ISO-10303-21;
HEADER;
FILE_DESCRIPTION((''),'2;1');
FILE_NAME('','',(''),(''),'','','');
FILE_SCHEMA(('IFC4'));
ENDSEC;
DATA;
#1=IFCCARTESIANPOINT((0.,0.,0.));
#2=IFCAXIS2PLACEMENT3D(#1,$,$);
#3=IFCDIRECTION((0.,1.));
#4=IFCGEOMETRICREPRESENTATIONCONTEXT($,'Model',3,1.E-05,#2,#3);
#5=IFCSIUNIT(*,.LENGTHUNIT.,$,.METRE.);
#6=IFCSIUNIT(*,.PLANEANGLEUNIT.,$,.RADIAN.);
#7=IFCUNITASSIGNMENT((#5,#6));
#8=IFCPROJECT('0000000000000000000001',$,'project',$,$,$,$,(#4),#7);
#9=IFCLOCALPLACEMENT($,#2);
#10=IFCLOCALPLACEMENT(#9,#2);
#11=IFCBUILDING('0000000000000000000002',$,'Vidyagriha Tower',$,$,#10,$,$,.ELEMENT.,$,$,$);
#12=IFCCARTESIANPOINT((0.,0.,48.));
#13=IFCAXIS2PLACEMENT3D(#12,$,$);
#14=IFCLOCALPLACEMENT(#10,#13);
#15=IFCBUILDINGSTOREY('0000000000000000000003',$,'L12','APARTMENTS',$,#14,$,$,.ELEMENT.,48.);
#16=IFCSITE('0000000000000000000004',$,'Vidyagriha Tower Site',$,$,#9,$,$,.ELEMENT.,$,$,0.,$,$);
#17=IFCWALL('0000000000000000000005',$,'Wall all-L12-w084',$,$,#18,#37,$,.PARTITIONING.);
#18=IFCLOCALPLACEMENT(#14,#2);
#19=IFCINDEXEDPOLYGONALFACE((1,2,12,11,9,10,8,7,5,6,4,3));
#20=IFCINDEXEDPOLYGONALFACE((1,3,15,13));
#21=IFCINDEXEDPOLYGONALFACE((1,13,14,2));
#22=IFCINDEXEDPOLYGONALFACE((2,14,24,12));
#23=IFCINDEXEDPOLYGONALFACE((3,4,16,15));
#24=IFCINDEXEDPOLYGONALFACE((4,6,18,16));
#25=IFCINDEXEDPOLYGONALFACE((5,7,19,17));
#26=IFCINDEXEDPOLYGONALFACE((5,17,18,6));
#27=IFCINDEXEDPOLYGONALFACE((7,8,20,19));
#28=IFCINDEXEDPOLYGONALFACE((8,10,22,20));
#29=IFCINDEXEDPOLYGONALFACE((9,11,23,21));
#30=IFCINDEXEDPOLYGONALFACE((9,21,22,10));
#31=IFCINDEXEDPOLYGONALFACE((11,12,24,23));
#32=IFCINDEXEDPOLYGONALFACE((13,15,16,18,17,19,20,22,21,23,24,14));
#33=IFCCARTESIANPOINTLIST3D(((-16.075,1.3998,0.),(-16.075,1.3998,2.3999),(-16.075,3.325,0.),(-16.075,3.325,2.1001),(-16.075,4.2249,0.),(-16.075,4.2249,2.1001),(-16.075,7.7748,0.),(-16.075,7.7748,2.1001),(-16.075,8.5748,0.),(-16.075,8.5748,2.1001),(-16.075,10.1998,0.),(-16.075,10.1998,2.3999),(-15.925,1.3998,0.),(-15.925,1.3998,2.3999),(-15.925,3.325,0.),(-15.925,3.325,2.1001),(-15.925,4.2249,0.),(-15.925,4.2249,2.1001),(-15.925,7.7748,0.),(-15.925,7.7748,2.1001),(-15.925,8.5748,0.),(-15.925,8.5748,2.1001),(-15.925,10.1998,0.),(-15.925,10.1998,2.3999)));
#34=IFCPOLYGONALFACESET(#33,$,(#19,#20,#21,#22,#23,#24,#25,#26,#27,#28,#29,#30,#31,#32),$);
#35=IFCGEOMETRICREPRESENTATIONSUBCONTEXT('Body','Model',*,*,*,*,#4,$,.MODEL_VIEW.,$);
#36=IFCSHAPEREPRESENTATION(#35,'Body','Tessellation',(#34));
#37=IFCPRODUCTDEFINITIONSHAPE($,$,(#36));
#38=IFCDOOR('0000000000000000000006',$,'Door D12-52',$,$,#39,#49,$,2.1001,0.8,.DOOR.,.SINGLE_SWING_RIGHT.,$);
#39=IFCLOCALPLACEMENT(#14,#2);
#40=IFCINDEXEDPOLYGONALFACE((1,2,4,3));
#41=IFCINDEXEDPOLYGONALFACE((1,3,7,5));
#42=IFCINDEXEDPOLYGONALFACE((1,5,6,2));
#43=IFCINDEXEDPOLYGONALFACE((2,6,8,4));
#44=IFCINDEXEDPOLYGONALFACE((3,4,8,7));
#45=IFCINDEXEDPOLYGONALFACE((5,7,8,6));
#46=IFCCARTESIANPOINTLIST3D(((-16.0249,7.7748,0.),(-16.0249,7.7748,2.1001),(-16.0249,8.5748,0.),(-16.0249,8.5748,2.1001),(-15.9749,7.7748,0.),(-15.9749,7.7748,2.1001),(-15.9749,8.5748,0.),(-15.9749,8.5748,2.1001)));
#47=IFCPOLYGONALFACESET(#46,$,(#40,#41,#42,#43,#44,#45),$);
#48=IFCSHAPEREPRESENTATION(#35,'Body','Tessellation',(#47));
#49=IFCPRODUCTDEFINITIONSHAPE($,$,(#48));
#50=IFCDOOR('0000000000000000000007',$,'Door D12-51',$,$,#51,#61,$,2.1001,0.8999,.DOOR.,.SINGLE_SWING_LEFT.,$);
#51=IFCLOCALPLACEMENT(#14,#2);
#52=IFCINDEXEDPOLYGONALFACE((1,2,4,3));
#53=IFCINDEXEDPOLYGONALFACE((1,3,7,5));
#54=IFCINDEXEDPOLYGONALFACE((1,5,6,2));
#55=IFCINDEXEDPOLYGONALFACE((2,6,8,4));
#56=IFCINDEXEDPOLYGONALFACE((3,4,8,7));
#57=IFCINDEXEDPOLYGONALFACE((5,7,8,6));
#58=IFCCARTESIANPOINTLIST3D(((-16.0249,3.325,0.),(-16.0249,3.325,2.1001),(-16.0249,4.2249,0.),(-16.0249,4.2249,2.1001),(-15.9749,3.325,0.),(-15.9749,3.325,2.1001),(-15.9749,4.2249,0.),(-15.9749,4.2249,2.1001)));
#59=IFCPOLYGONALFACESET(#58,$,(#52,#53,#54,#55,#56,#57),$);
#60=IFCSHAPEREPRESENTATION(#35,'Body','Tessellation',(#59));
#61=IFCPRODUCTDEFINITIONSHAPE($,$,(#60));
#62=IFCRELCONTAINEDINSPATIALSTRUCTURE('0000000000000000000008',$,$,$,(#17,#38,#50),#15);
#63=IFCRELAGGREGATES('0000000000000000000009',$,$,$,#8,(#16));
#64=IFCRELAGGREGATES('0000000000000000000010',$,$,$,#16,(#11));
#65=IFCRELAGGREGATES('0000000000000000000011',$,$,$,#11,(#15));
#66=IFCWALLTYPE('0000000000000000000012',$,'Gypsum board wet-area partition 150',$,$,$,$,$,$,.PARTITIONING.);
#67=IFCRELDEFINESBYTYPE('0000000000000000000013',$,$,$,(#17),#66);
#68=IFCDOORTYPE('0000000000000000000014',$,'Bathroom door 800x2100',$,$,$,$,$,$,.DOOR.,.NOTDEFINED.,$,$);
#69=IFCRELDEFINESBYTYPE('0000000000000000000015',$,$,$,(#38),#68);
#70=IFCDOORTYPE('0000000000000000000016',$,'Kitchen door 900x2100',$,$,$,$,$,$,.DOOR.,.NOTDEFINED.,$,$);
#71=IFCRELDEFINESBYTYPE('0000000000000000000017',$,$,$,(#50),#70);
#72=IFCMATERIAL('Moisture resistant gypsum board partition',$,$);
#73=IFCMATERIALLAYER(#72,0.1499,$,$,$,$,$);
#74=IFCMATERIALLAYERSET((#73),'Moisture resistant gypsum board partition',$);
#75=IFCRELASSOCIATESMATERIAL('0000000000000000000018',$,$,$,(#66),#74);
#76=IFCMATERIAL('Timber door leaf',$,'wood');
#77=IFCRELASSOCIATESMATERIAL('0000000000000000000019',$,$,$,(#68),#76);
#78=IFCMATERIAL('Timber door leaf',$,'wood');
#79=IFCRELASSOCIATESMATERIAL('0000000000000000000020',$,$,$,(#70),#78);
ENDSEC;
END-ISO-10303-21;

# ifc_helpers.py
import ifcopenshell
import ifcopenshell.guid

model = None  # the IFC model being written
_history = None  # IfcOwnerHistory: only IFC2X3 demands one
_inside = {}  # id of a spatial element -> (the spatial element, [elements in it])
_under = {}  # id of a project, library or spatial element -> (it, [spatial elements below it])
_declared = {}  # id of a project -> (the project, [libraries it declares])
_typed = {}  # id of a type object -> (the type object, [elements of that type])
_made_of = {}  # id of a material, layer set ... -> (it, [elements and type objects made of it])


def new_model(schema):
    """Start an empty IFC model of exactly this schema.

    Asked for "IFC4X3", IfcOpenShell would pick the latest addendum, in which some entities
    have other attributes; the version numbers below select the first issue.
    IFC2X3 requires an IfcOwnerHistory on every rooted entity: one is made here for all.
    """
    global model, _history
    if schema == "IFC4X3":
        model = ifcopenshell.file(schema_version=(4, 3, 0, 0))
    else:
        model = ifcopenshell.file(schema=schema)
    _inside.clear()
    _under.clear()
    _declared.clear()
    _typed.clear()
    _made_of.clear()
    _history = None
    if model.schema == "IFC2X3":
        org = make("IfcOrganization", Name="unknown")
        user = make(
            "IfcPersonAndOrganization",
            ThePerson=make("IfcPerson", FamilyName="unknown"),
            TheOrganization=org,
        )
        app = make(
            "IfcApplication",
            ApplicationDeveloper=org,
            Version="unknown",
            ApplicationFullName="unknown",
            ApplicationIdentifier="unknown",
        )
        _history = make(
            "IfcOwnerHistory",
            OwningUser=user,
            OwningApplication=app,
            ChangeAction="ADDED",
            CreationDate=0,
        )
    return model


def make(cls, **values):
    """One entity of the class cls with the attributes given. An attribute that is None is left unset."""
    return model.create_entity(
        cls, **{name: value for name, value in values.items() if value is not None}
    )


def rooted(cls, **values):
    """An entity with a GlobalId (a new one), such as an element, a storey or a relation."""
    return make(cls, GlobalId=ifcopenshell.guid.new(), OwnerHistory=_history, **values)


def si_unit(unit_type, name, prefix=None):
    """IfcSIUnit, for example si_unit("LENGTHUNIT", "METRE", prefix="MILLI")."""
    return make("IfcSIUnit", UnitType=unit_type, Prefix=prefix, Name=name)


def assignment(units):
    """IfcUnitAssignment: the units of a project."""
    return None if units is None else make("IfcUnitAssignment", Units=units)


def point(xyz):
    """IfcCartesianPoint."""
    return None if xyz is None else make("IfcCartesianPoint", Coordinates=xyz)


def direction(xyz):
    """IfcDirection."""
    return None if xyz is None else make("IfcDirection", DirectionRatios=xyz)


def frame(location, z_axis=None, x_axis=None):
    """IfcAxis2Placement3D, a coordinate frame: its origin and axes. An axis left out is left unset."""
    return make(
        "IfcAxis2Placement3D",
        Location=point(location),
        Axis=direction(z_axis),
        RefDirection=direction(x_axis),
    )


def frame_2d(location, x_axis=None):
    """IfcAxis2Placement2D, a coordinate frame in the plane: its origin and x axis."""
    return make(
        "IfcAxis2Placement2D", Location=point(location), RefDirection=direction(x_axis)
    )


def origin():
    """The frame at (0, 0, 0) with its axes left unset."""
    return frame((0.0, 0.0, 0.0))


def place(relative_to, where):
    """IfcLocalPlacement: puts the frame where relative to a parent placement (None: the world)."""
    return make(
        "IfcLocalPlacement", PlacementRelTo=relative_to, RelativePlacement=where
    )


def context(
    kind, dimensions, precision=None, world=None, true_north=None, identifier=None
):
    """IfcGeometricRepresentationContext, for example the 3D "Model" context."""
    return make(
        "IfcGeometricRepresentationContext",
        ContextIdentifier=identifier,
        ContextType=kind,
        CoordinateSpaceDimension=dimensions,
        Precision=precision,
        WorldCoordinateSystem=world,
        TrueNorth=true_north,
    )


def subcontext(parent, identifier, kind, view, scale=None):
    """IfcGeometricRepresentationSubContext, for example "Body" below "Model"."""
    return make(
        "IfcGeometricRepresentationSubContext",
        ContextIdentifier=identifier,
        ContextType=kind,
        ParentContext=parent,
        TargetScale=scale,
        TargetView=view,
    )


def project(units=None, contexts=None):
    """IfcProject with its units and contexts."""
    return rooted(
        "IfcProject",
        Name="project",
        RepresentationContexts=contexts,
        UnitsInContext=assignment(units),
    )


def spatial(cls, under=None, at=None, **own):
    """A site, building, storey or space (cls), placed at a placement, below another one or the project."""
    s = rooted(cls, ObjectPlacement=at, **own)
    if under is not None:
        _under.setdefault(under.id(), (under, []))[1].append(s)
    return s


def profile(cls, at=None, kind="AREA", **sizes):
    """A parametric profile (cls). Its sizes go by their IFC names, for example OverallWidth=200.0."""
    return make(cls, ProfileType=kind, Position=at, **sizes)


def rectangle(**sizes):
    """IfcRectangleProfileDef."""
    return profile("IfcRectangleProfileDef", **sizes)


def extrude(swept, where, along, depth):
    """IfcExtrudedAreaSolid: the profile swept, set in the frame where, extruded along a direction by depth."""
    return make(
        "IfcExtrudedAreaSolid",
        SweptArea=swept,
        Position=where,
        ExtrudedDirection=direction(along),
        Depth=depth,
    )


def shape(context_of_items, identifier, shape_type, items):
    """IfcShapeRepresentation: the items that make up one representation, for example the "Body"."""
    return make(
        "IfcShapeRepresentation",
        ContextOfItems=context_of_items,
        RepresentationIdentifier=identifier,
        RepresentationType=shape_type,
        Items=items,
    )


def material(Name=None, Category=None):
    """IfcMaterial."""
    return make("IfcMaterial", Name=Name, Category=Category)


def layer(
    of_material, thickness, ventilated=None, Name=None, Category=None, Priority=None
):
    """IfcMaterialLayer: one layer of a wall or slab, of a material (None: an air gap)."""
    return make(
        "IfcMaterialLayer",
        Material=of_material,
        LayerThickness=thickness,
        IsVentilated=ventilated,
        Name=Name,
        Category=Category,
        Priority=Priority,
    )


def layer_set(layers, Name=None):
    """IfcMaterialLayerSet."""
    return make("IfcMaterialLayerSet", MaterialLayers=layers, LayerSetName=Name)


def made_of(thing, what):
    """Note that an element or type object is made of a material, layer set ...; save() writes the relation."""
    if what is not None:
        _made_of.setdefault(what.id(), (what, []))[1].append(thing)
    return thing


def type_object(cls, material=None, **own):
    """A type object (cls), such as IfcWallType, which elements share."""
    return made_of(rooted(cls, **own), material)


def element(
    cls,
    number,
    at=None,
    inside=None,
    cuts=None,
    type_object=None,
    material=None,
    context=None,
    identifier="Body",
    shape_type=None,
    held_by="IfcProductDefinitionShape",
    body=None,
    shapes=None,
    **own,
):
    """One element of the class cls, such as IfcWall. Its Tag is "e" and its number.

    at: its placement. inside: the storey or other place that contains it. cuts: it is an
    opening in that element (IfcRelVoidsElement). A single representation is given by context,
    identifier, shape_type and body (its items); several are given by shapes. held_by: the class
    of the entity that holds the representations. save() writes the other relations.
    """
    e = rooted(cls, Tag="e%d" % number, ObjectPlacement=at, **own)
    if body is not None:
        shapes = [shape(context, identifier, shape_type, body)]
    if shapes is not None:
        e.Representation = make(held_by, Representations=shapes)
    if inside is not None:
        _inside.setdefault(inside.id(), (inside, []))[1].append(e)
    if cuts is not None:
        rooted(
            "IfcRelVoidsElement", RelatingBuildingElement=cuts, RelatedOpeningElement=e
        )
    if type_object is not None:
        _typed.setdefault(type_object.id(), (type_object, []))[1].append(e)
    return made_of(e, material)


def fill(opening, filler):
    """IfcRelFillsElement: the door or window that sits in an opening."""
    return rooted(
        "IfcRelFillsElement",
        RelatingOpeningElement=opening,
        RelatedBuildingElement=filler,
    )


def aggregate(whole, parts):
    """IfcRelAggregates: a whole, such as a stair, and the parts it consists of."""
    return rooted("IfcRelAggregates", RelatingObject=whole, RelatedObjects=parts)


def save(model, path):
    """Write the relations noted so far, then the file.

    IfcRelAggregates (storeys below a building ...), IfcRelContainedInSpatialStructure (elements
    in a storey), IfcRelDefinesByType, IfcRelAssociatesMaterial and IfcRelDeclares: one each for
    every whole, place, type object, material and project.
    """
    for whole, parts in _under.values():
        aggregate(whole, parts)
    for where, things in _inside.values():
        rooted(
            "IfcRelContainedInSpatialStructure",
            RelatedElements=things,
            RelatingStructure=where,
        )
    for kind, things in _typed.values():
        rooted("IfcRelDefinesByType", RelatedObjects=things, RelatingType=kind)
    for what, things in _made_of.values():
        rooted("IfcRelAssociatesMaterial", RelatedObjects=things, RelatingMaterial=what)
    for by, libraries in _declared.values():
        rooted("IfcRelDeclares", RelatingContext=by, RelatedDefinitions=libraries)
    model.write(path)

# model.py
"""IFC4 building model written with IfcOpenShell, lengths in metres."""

from ifc_helpers import new_model, si_unit, direction, frame, frame_2d, origin, place, context, subcontext, project, spatial, rectangle, extrude, material, layer, layer_set, type_object, element, fill, save


model = new_model("IFC4")

# Units and contexts
model_context = context("Model", 3, precision=1e-05, world=origin(), true_north=direction((0.0, 1.0)))
body_context = subcontext(model_context, "Body", "Model", "MODEL_VIEW")
ifc_project = project(units=[si_unit("LENGTHUNIT", "METRE"), si_unit("PLANEANGLEUNIT", "RADIAN")], contexts=[model_context])

# Site, building, storey
site_placement = place(None, origin())
site = spatial("IfcSite", under=ifc_project, at=site_placement, Name="Vidyagriha Tower Site", CompositionType="ELEMENT", RefElevation=0.0)
building_placement = place(site_placement, origin())
building = spatial("IfcBuilding", under=site, at=building_placement, Name="Vidyagriha Tower", CompositionType="ELEMENT")
storey_placement = place(building_placement, frame((0.0, 0.0, 48.0)))
storey = spatial("IfcBuildingStorey", under=building, at=storey_placement, Name="L12", Description="APARTMENTS", CompositionType="ELEMENT", Elevation=48.0)

# Wall, openings, doors
ifc_material_1 = material(Name="Moisture resistant gypsum board partition")
ifc_layer_1 = layer(ifc_material_1, 0.1499)
ifc_layer_set_1 = layer_set([ifc_layer_1], Name="Moisture resistant gypsum board partition")
wall_type_1 = type_object("IfcWallType", Name="Gypsum board wet-area partition 150", PredefinedType="PARTITIONING", material=ifc_layer_set_1)
wall_1_placement = place(storey_placement, frame((-16.0, 1.3999, 0.0), z_axis=(0.0, 0.0, 1.0), x_axis=(0.0, 1.0, 0.0)))
wall_1 = element("IfcWall", 1, at=wall_1_placement, inside=storey, type_object=wall_type_1, Name="Wall all-L12-w084", PredefinedType="PARTITIONING", context=body_context, shape_type="SweptSolid", body=[
    extrude(rectangle(XDim=8.8, YDim=0.1499, at=frame_2d((4.3999, 0.0))), origin(), (0.0, 0.0, 1.0), 2.3999),
])
opening_1_placement = place(wall_1_placement, frame((1.925, 0.0, 0.0)))
opening_1 = element("IfcOpeningElement", 2, at=opening_1_placement, cuts=wall_1, PredefinedType="OPENING", context=body_context, shape_type="SweptSolid", body=[
    extrude(rectangle(XDim=0.8999, YDim=2.1001, at=frame_2d((0.45, 1.05))), frame((0.0, 0.085, 0.0), z_axis=(0.0, -1.0, 0.0), x_axis=(1.0, 0.0, 0.0)), (0.0, 0.0, 1.0), 0.1699),
])
opening_2_placement = place(wall_1_placement, frame((6.375, 0.0, 0.0)))
opening_2 = element("IfcOpeningElement", 3, at=opening_2_placement, cuts=wall_1, PredefinedType="OPENING", context=body_context, shape_type="SweptSolid", body=[
    extrude(rectangle(XDim=0.8, YDim=2.1001, at=frame_2d((0.3999, 1.05))), frame((0.0, 0.085, 0.0), z_axis=(0.0, -1.0, 0.0), x_axis=(1.0, 0.0, 0.0)), (0.0, 0.0, 1.0), 0.1699),
])
ifc_material_2 = material(Name="Timber door leaf", Category="wood")
door_type_1 = type_object("IfcDoorType", Name="Bathroom door 800x2100", OperationType="NOTDEFINED", PredefinedType="DOOR", material=ifc_material_2)
door_1_placement = place(opening_2_placement, origin())
door_1 = element("IfcDoor", 4, at=door_1_placement, inside=storey, type_object=door_type_1, Name="Door D12-52", OperationType="SINGLE_SWING_RIGHT", OverallHeight=2.1001, OverallWidth=0.8, PredefinedType="DOOR", context=body_context, shape_type="SweptSolid", body=[
    extrude(rectangle(XDim=0.8, YDim=2.1001, at=frame_2d((0.3999, 1.05))), frame((0.0, 0.0249, 0.0), z_axis=(0.0, -1.0, 0.0), x_axis=(1.0, 0.0, 0.0)), (0.0, 0.0, 1.0), 0.05),
])
fill(opening_2, door_1)
ifc_material_3 = material(Name="Timber door leaf", Category="wood")
door_type_2 = type_object("IfcDoorType", Name="Kitchen door 900x2100", OperationType="NOTDEFINED", PredefinedType="DOOR", material=ifc_material_3)
door_2_placement = place(opening_1_placement, origin())
door_2 = element("IfcDoor", 5, at=door_2_placement, inside=storey, type_object=door_type_2, Name="Door D12-51", OperationType="SINGLE_SWING_LEFT", OverallHeight=2.1001, OverallWidth=0.8999, PredefinedType="DOOR", context=body_context, shape_type="SweptSolid", body=[
    extrude(rectangle(XDim=0.8999, YDim=2.1001, at=frame_2d((0.45, 1.05))), frame((0.0, 0.0249, 0.0), z_axis=(0.0, -1.0, 0.0), x_axis=(1.0, 0.0, 0.0)), (0.0, 0.0, 1.0), 0.05),
])
fill(opening_1, door_2)

save(model, "model.ifc")
